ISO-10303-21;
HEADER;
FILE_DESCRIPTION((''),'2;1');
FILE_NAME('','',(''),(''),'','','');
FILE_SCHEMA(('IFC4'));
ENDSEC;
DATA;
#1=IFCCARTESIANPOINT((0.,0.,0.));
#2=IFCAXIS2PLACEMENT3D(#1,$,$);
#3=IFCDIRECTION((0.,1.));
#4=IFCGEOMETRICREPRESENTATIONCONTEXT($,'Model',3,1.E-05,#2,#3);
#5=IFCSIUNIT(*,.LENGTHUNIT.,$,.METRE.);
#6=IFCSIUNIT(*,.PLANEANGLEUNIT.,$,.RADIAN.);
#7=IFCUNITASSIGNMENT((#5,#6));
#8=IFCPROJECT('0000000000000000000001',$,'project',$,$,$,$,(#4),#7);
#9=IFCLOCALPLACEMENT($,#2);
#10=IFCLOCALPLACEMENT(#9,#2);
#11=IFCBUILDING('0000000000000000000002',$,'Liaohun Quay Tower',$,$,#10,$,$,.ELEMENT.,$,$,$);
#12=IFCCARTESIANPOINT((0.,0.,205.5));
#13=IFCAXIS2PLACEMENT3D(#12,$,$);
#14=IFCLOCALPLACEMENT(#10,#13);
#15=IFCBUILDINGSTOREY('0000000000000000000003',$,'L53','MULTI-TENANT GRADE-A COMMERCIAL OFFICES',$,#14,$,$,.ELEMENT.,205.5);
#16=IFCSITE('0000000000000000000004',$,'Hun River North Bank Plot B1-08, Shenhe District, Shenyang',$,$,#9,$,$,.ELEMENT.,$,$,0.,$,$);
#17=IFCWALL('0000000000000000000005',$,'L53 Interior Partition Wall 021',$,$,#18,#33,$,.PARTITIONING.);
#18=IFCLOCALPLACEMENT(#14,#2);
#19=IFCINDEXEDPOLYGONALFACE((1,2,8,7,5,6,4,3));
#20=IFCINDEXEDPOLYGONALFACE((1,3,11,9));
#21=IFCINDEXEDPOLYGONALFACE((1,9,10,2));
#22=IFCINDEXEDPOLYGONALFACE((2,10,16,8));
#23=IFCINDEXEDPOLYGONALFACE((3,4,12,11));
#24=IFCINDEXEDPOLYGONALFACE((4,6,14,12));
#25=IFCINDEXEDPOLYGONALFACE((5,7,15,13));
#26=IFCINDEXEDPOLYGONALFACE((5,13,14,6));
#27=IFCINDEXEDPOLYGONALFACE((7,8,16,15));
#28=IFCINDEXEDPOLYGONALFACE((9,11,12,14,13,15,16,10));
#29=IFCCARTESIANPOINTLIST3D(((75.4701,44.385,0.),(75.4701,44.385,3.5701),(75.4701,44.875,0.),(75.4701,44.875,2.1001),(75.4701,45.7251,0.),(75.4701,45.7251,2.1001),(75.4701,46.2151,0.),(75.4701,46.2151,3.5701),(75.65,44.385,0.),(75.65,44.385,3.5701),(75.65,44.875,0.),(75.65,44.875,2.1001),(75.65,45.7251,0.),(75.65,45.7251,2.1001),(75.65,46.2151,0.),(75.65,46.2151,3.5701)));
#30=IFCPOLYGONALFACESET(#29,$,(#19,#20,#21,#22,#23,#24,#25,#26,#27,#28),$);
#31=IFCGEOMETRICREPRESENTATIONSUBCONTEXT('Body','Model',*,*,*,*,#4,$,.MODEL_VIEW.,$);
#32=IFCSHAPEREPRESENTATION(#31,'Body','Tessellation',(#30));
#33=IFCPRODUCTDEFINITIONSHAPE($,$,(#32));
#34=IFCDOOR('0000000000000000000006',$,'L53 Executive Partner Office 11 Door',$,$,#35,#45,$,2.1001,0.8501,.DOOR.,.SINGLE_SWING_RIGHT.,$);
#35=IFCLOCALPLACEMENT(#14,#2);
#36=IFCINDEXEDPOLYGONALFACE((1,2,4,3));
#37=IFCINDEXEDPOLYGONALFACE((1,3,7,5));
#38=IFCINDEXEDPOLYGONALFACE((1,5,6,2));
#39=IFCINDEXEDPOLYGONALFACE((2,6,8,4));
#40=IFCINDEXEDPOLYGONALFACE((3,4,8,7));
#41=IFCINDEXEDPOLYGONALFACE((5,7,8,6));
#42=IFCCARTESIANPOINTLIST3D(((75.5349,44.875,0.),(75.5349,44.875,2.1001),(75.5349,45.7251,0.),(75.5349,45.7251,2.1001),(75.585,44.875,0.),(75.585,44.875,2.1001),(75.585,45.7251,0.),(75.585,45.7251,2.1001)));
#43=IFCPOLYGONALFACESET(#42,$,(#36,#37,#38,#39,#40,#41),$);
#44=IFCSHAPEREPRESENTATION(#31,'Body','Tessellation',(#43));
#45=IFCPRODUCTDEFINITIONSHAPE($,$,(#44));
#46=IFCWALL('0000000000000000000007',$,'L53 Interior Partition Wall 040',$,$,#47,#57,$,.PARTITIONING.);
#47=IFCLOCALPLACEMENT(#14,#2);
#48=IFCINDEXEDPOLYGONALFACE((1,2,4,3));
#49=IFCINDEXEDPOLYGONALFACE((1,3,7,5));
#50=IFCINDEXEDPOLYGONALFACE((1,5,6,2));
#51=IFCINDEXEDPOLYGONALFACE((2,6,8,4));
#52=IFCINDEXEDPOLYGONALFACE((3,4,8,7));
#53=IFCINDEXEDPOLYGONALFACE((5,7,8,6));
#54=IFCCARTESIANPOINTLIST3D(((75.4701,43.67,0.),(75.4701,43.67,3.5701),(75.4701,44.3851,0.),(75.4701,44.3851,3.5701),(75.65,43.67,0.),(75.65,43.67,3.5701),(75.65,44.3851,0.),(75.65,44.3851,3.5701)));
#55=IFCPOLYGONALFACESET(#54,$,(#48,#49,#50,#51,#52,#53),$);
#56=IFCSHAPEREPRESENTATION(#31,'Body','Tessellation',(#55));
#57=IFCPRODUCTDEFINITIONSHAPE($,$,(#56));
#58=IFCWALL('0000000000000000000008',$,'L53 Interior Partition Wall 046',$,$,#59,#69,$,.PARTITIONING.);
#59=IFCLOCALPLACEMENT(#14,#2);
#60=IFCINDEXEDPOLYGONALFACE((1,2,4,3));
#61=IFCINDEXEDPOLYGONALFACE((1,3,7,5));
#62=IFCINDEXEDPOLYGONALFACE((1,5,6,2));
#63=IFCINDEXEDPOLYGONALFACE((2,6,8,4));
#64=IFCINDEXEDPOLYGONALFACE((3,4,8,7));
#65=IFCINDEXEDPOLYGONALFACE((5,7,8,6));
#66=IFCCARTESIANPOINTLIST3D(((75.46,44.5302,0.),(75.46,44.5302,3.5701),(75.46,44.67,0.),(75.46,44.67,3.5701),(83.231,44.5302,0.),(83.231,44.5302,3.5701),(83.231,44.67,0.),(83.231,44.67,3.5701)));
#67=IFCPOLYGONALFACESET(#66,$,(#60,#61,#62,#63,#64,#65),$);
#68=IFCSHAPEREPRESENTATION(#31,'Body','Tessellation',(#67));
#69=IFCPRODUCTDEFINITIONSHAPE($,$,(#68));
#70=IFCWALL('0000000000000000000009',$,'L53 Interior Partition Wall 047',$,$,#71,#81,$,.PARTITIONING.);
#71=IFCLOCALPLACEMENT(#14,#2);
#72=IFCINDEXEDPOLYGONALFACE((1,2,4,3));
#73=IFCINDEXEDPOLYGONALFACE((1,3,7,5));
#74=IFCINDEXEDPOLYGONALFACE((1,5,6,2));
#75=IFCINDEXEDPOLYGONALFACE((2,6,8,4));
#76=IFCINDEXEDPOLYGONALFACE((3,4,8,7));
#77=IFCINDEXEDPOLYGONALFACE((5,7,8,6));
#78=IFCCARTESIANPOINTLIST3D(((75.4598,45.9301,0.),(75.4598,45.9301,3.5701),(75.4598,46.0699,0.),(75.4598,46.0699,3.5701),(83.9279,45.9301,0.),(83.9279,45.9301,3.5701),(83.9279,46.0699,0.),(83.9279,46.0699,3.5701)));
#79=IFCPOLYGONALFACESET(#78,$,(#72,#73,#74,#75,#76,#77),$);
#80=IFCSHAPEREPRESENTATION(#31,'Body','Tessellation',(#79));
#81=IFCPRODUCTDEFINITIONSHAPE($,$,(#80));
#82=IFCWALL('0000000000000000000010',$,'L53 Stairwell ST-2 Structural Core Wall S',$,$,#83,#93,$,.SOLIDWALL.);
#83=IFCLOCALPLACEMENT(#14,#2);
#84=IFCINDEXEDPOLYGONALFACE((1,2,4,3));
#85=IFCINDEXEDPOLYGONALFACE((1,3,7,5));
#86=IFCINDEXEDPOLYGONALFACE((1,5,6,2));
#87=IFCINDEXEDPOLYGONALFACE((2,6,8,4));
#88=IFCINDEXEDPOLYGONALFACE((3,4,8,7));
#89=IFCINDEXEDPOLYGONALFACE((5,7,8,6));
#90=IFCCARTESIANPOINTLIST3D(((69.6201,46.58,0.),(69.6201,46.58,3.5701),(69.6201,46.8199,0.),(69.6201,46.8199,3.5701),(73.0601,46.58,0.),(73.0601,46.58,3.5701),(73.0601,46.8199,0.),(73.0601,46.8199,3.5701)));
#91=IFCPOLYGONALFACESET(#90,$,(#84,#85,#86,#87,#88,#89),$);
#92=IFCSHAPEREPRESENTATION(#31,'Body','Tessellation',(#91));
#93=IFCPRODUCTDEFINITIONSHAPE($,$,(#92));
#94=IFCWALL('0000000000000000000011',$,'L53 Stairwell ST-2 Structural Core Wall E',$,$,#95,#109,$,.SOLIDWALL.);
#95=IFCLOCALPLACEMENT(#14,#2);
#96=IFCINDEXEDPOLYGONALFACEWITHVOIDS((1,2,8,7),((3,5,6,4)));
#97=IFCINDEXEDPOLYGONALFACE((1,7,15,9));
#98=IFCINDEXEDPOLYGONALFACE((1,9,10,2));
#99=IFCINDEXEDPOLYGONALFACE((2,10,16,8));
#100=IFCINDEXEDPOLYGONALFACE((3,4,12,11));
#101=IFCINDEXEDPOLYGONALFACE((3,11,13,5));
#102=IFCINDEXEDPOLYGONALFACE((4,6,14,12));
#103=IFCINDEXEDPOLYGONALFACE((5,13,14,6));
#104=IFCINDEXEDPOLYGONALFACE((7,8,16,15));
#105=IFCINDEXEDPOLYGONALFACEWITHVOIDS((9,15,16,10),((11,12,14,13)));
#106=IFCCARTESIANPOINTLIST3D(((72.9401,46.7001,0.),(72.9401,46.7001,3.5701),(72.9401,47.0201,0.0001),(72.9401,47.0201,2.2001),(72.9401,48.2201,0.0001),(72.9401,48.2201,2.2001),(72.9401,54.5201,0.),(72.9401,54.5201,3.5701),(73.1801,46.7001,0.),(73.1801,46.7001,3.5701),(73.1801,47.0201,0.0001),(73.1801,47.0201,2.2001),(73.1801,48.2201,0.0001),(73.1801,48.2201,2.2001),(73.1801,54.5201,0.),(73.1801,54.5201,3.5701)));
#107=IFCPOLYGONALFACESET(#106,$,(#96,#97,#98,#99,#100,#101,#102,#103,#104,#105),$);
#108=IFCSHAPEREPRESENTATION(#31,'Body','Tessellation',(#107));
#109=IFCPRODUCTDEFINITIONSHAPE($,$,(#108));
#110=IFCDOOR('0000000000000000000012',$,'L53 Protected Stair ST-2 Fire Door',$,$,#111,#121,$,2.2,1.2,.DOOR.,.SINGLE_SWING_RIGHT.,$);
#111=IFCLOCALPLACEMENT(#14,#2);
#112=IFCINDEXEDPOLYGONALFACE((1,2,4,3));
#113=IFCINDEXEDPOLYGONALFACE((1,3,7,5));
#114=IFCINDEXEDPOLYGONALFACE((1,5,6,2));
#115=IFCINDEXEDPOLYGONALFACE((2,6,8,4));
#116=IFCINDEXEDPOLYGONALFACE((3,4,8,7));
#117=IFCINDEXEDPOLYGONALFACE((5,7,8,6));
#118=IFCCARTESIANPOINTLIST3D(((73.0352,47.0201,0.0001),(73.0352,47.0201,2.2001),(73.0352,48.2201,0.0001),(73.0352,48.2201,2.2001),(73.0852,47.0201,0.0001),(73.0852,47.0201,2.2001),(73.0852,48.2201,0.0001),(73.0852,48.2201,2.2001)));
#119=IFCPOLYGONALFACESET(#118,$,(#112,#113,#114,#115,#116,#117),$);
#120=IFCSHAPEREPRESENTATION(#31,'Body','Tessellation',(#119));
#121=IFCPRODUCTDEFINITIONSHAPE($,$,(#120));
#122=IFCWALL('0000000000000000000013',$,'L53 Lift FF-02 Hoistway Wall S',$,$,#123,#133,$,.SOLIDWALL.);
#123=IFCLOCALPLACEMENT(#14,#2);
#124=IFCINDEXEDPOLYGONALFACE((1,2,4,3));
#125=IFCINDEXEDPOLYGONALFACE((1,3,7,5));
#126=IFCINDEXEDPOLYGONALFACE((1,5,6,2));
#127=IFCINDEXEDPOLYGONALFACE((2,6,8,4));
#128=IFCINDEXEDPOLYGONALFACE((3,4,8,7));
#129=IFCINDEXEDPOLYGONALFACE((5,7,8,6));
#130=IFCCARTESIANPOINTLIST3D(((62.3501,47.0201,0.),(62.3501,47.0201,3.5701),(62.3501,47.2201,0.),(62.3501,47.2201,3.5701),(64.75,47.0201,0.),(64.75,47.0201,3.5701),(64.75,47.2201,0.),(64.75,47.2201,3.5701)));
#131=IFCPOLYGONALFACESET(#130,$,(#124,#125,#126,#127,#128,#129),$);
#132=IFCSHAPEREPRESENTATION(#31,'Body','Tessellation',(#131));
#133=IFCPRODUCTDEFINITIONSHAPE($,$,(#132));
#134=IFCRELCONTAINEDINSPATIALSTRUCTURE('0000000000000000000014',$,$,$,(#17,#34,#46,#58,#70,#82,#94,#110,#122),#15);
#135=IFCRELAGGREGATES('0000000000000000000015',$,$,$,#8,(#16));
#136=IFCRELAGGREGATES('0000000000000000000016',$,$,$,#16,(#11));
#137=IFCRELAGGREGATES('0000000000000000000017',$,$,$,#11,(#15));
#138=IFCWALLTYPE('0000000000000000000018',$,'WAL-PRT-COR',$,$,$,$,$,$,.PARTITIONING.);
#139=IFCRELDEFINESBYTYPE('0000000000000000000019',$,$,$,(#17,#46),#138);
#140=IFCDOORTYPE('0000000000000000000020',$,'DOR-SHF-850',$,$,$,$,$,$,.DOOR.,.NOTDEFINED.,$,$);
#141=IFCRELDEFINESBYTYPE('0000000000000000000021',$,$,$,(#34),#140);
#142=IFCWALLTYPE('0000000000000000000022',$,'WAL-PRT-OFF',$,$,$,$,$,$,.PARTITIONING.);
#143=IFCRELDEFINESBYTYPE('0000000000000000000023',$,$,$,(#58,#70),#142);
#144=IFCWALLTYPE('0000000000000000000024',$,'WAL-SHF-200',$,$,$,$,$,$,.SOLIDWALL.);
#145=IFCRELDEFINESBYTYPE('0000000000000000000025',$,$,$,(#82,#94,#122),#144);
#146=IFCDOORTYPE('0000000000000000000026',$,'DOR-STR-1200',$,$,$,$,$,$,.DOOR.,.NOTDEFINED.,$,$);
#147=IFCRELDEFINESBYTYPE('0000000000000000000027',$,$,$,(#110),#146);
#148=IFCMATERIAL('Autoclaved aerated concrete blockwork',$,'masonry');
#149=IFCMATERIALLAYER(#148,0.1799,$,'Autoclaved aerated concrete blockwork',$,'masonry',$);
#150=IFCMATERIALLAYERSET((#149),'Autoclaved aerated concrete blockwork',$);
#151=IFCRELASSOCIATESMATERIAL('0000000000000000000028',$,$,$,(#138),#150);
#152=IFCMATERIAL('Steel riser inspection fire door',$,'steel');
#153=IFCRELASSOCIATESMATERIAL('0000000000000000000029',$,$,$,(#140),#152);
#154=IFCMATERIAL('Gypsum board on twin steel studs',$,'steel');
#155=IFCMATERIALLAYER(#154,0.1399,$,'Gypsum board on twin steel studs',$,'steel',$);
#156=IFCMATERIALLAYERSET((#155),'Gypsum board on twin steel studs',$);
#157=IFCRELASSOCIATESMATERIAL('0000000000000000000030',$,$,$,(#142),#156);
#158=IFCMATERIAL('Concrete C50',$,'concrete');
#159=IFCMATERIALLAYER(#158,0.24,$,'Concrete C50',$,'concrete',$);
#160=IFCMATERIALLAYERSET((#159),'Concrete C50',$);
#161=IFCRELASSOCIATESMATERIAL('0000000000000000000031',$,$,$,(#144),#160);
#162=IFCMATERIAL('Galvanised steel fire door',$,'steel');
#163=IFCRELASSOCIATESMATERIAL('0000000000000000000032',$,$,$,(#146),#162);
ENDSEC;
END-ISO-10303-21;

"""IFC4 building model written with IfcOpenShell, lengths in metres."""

from ifc_helpers import new_model, si_unit, direction, frame, frame_2d, origin, place, context, subcontext, project, spatial, rectangle, extrude, source, transform, mapped, material, layer, layer_set, type_object, element, fill, save


model = new_model("IFC4")

# Units and contexts
model_context = context("Model", 3, precision=1e-05, world=origin(), true_north=direction((0.0, 1.0)))
body_context = subcontext(model_context, "Body", "Model", "MODEL_VIEW")
ifc_project = project(units=[si_unit("LENGTHUNIT", "METRE"), si_unit("PLANEANGLEUNIT", "RADIAN")], contexts=[model_context])

# Site, building, storey
site_placement = place(None, origin())
site = spatial("IfcSite", under=ifc_project, at=site_placement, Name="Hun River North Bank Plot B1-08, Shenhe District, Shenyang", CompositionType="ELEMENT", RefElevation=0.0)
building_placement = place(site_placement, origin())
building = spatial("IfcBuilding", under=site, at=building_placement, Name="Liaohun Quay Tower", CompositionType="ELEMENT")
storey_placement = place(building_placement, frame((0.0, 0.0, 205.5)))
storey = spatial("IfcBuildingStorey", under=building, at=storey_placement, Name="L53", Description="MULTI-TENANT GRADE-A COMMERCIAL OFFICES", CompositionType="ELEMENT", Elevation=205.5)

# Wall, opening, door
ifc_material_1 = material(Name="Autoclaved aerated concrete blockwork", Category="masonry")
ifc_layer_1 = layer(ifc_material_1, 0.1799, Name="Autoclaved aerated concrete blockwork", Category="masonry")
ifc_layer_set_1 = layer_set([ifc_layer_1], Name="Autoclaved aerated concrete blockwork")
wall_type_1 = type_object("IfcWallType", Name="WAL-PRT-COR", PredefinedType="PARTITIONING", material=ifc_layer_set_1)
wall_1_placement = place(storey_placement, frame((75.5601, 46.2151, 0.0), z_axis=(0.0, 0.0, 1.0), x_axis=(0.0, -1.0, 0.0)))
wall_1 = element("IfcWall", 1, at=wall_1_placement, inside=storey, type_object=wall_type_1, Name="L53 Interior Partition Wall 021", PredefinedType="PARTITIONING", context=body_context, shape_type="SweptSolid", body=[
    extrude(rectangle(XDim=1.8301, YDim=0.1799, at=frame_2d((0.915, 0.0))), origin(), (0.0, 0.0, 1.0), 3.5701),
])
shared_shape_1 = source(origin(), body_context, "Body", "SweptSolid", [
    extrude(rectangle(XDim=0.8501, YDim=2.1001, at=frame_2d((0.425, 1.05))), frame((0.0, 0.0999, 0.0), z_axis=(0.0, -1.0, 0.0), x_axis=(1.0, 0.0, 0.0)), (0.0, 0.0, 1.0), 0.2),
])
opening_1_placement = place(wall_1_placement, frame((0.49, 0.0, 0.0)))
opening_1 = element("IfcOpeningElement", 2, at=opening_1_placement, cuts=wall_1, PredefinedType="OPENING", context=body_context, shape_type="MappedRepresentation", body=[
    mapped(shared_shape_1, transform((0.0, 0.0, 0.0), x_axis=(1.0, 0.0, 0.0), y_axis=(0.0, 1.0, 0.0), z_axis=(0.0, 0.0, 1.0), scale=1.0)),
])
ifc_material_2 = material(Name="Steel riser inspection fire door", Category="steel")
door_type_1 = type_object("IfcDoorType", Name="DOR-SHF-850", OperationType="NOTDEFINED", PredefinedType="DOOR", material=ifc_material_2)
shared_shape_2 = source(origin(), body_context, "Body", "SweptSolid", [
    extrude(rectangle(XDim=0.8501, YDim=2.1001, at=frame_2d((0.425, 1.05))), frame((0.0, 0.0249, 0.0), z_axis=(0.0, -1.0, 0.0), x_axis=(1.0, 0.0, 0.0)), (0.0, 0.0, 1.0), 0.05),
])
door_1_placement = place(opening_1_placement, origin())
door_1 = element("IfcDoor", 3, at=door_1_placement, inside=storey, type_object=door_type_1, Name="L53 Executive Partner Office 11 Door", OperationType="SINGLE_SWING_RIGHT", OverallHeight=2.1001, OverallWidth=0.8501, PredefinedType="DOOR", context=body_context, shape_type="MappedRepresentation", body=[
    mapped(shared_shape_2, transform((0.0, 0.0, 0.0), x_axis=(1.0, 0.0, 0.0), y_axis=(0.0, 1.0, 0.0), z_axis=(0.0, 0.0, 1.0), scale=1.0)),
])
fill(opening_1, door_1)

# Walls
wall_2_placement = place(storey_placement, frame((75.5601, 44.385, 0.0), z_axis=(0.0, 0.0, 1.0), x_axis=(0.0, -1.0, 0.0)))
element("IfcWall", 4, at=wall_2_placement, inside=storey, type_object=wall_type_1, Name="L53 Interior Partition Wall 040", PredefinedType="PARTITIONING", context=body_context, shape_type="SweptSolid", body=[
    extrude(rectangle(XDim=0.7151, YDim=0.1799, at=frame_2d((0.3574, 0.0))), origin(), (0.0, 0.0, 1.0), 3.5701),
])
ifc_material_3 = material(Name="Gypsum board on twin steel studs", Category="steel")
ifc_layer_2 = layer(ifc_material_3, 0.1399, Name="Gypsum board on twin steel studs", Category="steel")
ifc_layer_set_2 = layer_set([ifc_layer_2], Name="Gypsum board on twin steel studs")
wall_type_2 = type_object("IfcWallType", Name="WAL-PRT-OFF", PredefinedType="PARTITIONING", material=ifc_layer_set_2)
wall_3_placement = place(storey_placement, frame((75.46, 44.6001, 0.0), z_axis=(0.0, 0.0, 1.0), x_axis=(1.0, 0.0, 0.0)))
element("IfcWall", 5, at=wall_3_placement, inside=storey, type_object=wall_type_2, Name="L53 Interior Partition Wall 046", PredefinedType="PARTITIONING", context=body_context, shape_type="SweptSolid", body=[
    extrude(rectangle(XDim=7.771, YDim=0.1399, at=frame_2d((3.8855, 0.0))), origin(), (0.0, 0.0, 1.0), 3.5701),
])
wall_4_placement = place(storey_placement, frame((75.46, 46.0, 0.0), z_axis=(0.0, 0.0, 1.0), x_axis=(1.0, 0.0, 0.0)))
element("IfcWall", 6, at=wall_4_placement, inside=storey, type_object=wall_type_2, Name="L53 Interior Partition Wall 047", PredefinedType="PARTITIONING", context=body_context, shape_type="SweptSolid", body=[
    extrude(rectangle(XDim=8.468, YDim=0.1399, at=frame_2d((4.2339, 0.0))), origin(), (0.0, 0.0, 1.0), 3.5701),
])
ifc_material_4 = material(Name="Concrete C50", Category="concrete")
ifc_layer_3 = layer(ifc_material_4, 0.24, Name="Concrete C50", Category="concrete")
ifc_layer_set_3 = layer_set([ifc_layer_3], Name="Concrete C50")
wall_type_3 = type_object("IfcWallType", Name="WAL-SHF-200", PredefinedType="SOLIDWALL", material=ifc_layer_set_3)
wall_5_placement = place(storey_placement, frame((69.6201, 46.7, 0.0), z_axis=(0.0, 0.0, 1.0), x_axis=(1.0, 0.0, 0.0)))
element("IfcWall", 7, at=wall_5_placement, inside=storey, type_object=wall_type_3, Name="L53 Stairwell ST-2 Structural Core Wall S", PredefinedType="SOLIDWALL", context=body_context, shape_type="SweptSolid", body=[
    extrude(rectangle(XDim=3.4399, YDim=0.24, at=frame_2d((1.72, 0.0))), origin(), (0.0, 0.0, 1.0), 3.5701),
])

# Wall, opening, door
wall_6_placement = place(storey_placement, frame((73.0601, 46.7, 0.0), z_axis=(0.0, 0.0, 1.0), x_axis=(0.0, 1.0, 0.0)))
wall_6 = element("IfcWall", 8, at=wall_6_placement, inside=storey, type_object=wall_type_3, Name="L53 Stairwell ST-2 Structural Core Wall E", PredefinedType="SOLIDWALL", context=body_context, shape_type="SweptSolid", body=[
    extrude(rectangle(XDim=7.8201, YDim=0.24, at=frame_2d((3.9102, 0.0))), origin(), (0.0, 0.0, 1.0), 3.5701),
])
shared_shape_3 = source(origin(), body_context, "Body", "SweptSolid", [
    extrude(rectangle(XDim=1.2, YDim=2.2, at=frame_2d((0.6001, 1.1001))), frame((0.0, 0.1299, 0.0), z_axis=(0.0, -1.0, 0.0), x_axis=(1.0, 0.0, 0.0)), (0.0, 0.0, 1.0), 0.26),
])
opening_2_placement = place(wall_6_placement, frame((0.3201, 0.0, 0.0)))
opening_2 = element("IfcOpeningElement", 9, at=opening_2_placement, cuts=wall_6, PredefinedType="OPENING", context=body_context, shape_type="MappedRepresentation", body=[
    mapped(shared_shape_3, transform((0.0, 0.0, 0.0), x_axis=(1.0, 0.0, 0.0), y_axis=(0.0, 1.0, 0.0), z_axis=(0.0, 0.0, 1.0), scale=1.0)),
])
ifc_material_5 = material(Name="Galvanised steel fire door", Category="steel")
door_type_2 = type_object("IfcDoorType", Name="DOR-STR-1200", OperationType="NOTDEFINED", PredefinedType="DOOR", material=ifc_material_5)
shared_shape_4 = source(origin(), body_context, "Body", "SweptSolid", [
    extrude(rectangle(XDim=1.2, YDim=2.2, at=frame_2d((0.6001, 1.1001))), frame((0.0, 0.0249, 0.0), z_axis=(0.0, -1.0, 0.0), x_axis=(1.0, 0.0, 0.0)), (0.0, 0.0, 1.0), 0.05),
])
door_2_placement = place(opening_2_placement, origin())
door_2 = element("IfcDoor", 10, at=door_2_placement, inside=storey, type_object=door_type_2, Name="L53 Protected Stair ST-2 Fire Door", OperationType="SINGLE_SWING_RIGHT", OverallHeight=2.2, OverallWidth=1.2, PredefinedType="DOOR", context=body_context, shape_type="MappedRepresentation", body=[
    mapped(shared_shape_4, transform((0.0, 0.0, 0.0), x_axis=(1.0, 0.0, 0.0), y_axis=(0.0, 1.0, 0.0), z_axis=(0.0, 0.0, 1.0), scale=1.0)),
])
fill(opening_2, door_2)

# Wall
wall_7_placement = place(storey_placement, frame((62.3501, 47.1201, 0.0), z_axis=(0.0, 0.0, 1.0), x_axis=(1.0, 0.0, 0.0)))
element("IfcWall", 11, at=wall_7_placement, inside=storey, type_object=wall_type_3, Name="L53 Lift FF-02 Hoistway Wall S", PredefinedType="SOLIDWALL", context=body_context, shape_type="SweptSolid", body=[
    extrude(rectangle(XDim=2.3999, YDim=0.2, at=frame_2d((1.2, 0.0))), origin(), (0.0, 0.0, 1.0), 3.5701),
])

save(model, "model.ifc")
